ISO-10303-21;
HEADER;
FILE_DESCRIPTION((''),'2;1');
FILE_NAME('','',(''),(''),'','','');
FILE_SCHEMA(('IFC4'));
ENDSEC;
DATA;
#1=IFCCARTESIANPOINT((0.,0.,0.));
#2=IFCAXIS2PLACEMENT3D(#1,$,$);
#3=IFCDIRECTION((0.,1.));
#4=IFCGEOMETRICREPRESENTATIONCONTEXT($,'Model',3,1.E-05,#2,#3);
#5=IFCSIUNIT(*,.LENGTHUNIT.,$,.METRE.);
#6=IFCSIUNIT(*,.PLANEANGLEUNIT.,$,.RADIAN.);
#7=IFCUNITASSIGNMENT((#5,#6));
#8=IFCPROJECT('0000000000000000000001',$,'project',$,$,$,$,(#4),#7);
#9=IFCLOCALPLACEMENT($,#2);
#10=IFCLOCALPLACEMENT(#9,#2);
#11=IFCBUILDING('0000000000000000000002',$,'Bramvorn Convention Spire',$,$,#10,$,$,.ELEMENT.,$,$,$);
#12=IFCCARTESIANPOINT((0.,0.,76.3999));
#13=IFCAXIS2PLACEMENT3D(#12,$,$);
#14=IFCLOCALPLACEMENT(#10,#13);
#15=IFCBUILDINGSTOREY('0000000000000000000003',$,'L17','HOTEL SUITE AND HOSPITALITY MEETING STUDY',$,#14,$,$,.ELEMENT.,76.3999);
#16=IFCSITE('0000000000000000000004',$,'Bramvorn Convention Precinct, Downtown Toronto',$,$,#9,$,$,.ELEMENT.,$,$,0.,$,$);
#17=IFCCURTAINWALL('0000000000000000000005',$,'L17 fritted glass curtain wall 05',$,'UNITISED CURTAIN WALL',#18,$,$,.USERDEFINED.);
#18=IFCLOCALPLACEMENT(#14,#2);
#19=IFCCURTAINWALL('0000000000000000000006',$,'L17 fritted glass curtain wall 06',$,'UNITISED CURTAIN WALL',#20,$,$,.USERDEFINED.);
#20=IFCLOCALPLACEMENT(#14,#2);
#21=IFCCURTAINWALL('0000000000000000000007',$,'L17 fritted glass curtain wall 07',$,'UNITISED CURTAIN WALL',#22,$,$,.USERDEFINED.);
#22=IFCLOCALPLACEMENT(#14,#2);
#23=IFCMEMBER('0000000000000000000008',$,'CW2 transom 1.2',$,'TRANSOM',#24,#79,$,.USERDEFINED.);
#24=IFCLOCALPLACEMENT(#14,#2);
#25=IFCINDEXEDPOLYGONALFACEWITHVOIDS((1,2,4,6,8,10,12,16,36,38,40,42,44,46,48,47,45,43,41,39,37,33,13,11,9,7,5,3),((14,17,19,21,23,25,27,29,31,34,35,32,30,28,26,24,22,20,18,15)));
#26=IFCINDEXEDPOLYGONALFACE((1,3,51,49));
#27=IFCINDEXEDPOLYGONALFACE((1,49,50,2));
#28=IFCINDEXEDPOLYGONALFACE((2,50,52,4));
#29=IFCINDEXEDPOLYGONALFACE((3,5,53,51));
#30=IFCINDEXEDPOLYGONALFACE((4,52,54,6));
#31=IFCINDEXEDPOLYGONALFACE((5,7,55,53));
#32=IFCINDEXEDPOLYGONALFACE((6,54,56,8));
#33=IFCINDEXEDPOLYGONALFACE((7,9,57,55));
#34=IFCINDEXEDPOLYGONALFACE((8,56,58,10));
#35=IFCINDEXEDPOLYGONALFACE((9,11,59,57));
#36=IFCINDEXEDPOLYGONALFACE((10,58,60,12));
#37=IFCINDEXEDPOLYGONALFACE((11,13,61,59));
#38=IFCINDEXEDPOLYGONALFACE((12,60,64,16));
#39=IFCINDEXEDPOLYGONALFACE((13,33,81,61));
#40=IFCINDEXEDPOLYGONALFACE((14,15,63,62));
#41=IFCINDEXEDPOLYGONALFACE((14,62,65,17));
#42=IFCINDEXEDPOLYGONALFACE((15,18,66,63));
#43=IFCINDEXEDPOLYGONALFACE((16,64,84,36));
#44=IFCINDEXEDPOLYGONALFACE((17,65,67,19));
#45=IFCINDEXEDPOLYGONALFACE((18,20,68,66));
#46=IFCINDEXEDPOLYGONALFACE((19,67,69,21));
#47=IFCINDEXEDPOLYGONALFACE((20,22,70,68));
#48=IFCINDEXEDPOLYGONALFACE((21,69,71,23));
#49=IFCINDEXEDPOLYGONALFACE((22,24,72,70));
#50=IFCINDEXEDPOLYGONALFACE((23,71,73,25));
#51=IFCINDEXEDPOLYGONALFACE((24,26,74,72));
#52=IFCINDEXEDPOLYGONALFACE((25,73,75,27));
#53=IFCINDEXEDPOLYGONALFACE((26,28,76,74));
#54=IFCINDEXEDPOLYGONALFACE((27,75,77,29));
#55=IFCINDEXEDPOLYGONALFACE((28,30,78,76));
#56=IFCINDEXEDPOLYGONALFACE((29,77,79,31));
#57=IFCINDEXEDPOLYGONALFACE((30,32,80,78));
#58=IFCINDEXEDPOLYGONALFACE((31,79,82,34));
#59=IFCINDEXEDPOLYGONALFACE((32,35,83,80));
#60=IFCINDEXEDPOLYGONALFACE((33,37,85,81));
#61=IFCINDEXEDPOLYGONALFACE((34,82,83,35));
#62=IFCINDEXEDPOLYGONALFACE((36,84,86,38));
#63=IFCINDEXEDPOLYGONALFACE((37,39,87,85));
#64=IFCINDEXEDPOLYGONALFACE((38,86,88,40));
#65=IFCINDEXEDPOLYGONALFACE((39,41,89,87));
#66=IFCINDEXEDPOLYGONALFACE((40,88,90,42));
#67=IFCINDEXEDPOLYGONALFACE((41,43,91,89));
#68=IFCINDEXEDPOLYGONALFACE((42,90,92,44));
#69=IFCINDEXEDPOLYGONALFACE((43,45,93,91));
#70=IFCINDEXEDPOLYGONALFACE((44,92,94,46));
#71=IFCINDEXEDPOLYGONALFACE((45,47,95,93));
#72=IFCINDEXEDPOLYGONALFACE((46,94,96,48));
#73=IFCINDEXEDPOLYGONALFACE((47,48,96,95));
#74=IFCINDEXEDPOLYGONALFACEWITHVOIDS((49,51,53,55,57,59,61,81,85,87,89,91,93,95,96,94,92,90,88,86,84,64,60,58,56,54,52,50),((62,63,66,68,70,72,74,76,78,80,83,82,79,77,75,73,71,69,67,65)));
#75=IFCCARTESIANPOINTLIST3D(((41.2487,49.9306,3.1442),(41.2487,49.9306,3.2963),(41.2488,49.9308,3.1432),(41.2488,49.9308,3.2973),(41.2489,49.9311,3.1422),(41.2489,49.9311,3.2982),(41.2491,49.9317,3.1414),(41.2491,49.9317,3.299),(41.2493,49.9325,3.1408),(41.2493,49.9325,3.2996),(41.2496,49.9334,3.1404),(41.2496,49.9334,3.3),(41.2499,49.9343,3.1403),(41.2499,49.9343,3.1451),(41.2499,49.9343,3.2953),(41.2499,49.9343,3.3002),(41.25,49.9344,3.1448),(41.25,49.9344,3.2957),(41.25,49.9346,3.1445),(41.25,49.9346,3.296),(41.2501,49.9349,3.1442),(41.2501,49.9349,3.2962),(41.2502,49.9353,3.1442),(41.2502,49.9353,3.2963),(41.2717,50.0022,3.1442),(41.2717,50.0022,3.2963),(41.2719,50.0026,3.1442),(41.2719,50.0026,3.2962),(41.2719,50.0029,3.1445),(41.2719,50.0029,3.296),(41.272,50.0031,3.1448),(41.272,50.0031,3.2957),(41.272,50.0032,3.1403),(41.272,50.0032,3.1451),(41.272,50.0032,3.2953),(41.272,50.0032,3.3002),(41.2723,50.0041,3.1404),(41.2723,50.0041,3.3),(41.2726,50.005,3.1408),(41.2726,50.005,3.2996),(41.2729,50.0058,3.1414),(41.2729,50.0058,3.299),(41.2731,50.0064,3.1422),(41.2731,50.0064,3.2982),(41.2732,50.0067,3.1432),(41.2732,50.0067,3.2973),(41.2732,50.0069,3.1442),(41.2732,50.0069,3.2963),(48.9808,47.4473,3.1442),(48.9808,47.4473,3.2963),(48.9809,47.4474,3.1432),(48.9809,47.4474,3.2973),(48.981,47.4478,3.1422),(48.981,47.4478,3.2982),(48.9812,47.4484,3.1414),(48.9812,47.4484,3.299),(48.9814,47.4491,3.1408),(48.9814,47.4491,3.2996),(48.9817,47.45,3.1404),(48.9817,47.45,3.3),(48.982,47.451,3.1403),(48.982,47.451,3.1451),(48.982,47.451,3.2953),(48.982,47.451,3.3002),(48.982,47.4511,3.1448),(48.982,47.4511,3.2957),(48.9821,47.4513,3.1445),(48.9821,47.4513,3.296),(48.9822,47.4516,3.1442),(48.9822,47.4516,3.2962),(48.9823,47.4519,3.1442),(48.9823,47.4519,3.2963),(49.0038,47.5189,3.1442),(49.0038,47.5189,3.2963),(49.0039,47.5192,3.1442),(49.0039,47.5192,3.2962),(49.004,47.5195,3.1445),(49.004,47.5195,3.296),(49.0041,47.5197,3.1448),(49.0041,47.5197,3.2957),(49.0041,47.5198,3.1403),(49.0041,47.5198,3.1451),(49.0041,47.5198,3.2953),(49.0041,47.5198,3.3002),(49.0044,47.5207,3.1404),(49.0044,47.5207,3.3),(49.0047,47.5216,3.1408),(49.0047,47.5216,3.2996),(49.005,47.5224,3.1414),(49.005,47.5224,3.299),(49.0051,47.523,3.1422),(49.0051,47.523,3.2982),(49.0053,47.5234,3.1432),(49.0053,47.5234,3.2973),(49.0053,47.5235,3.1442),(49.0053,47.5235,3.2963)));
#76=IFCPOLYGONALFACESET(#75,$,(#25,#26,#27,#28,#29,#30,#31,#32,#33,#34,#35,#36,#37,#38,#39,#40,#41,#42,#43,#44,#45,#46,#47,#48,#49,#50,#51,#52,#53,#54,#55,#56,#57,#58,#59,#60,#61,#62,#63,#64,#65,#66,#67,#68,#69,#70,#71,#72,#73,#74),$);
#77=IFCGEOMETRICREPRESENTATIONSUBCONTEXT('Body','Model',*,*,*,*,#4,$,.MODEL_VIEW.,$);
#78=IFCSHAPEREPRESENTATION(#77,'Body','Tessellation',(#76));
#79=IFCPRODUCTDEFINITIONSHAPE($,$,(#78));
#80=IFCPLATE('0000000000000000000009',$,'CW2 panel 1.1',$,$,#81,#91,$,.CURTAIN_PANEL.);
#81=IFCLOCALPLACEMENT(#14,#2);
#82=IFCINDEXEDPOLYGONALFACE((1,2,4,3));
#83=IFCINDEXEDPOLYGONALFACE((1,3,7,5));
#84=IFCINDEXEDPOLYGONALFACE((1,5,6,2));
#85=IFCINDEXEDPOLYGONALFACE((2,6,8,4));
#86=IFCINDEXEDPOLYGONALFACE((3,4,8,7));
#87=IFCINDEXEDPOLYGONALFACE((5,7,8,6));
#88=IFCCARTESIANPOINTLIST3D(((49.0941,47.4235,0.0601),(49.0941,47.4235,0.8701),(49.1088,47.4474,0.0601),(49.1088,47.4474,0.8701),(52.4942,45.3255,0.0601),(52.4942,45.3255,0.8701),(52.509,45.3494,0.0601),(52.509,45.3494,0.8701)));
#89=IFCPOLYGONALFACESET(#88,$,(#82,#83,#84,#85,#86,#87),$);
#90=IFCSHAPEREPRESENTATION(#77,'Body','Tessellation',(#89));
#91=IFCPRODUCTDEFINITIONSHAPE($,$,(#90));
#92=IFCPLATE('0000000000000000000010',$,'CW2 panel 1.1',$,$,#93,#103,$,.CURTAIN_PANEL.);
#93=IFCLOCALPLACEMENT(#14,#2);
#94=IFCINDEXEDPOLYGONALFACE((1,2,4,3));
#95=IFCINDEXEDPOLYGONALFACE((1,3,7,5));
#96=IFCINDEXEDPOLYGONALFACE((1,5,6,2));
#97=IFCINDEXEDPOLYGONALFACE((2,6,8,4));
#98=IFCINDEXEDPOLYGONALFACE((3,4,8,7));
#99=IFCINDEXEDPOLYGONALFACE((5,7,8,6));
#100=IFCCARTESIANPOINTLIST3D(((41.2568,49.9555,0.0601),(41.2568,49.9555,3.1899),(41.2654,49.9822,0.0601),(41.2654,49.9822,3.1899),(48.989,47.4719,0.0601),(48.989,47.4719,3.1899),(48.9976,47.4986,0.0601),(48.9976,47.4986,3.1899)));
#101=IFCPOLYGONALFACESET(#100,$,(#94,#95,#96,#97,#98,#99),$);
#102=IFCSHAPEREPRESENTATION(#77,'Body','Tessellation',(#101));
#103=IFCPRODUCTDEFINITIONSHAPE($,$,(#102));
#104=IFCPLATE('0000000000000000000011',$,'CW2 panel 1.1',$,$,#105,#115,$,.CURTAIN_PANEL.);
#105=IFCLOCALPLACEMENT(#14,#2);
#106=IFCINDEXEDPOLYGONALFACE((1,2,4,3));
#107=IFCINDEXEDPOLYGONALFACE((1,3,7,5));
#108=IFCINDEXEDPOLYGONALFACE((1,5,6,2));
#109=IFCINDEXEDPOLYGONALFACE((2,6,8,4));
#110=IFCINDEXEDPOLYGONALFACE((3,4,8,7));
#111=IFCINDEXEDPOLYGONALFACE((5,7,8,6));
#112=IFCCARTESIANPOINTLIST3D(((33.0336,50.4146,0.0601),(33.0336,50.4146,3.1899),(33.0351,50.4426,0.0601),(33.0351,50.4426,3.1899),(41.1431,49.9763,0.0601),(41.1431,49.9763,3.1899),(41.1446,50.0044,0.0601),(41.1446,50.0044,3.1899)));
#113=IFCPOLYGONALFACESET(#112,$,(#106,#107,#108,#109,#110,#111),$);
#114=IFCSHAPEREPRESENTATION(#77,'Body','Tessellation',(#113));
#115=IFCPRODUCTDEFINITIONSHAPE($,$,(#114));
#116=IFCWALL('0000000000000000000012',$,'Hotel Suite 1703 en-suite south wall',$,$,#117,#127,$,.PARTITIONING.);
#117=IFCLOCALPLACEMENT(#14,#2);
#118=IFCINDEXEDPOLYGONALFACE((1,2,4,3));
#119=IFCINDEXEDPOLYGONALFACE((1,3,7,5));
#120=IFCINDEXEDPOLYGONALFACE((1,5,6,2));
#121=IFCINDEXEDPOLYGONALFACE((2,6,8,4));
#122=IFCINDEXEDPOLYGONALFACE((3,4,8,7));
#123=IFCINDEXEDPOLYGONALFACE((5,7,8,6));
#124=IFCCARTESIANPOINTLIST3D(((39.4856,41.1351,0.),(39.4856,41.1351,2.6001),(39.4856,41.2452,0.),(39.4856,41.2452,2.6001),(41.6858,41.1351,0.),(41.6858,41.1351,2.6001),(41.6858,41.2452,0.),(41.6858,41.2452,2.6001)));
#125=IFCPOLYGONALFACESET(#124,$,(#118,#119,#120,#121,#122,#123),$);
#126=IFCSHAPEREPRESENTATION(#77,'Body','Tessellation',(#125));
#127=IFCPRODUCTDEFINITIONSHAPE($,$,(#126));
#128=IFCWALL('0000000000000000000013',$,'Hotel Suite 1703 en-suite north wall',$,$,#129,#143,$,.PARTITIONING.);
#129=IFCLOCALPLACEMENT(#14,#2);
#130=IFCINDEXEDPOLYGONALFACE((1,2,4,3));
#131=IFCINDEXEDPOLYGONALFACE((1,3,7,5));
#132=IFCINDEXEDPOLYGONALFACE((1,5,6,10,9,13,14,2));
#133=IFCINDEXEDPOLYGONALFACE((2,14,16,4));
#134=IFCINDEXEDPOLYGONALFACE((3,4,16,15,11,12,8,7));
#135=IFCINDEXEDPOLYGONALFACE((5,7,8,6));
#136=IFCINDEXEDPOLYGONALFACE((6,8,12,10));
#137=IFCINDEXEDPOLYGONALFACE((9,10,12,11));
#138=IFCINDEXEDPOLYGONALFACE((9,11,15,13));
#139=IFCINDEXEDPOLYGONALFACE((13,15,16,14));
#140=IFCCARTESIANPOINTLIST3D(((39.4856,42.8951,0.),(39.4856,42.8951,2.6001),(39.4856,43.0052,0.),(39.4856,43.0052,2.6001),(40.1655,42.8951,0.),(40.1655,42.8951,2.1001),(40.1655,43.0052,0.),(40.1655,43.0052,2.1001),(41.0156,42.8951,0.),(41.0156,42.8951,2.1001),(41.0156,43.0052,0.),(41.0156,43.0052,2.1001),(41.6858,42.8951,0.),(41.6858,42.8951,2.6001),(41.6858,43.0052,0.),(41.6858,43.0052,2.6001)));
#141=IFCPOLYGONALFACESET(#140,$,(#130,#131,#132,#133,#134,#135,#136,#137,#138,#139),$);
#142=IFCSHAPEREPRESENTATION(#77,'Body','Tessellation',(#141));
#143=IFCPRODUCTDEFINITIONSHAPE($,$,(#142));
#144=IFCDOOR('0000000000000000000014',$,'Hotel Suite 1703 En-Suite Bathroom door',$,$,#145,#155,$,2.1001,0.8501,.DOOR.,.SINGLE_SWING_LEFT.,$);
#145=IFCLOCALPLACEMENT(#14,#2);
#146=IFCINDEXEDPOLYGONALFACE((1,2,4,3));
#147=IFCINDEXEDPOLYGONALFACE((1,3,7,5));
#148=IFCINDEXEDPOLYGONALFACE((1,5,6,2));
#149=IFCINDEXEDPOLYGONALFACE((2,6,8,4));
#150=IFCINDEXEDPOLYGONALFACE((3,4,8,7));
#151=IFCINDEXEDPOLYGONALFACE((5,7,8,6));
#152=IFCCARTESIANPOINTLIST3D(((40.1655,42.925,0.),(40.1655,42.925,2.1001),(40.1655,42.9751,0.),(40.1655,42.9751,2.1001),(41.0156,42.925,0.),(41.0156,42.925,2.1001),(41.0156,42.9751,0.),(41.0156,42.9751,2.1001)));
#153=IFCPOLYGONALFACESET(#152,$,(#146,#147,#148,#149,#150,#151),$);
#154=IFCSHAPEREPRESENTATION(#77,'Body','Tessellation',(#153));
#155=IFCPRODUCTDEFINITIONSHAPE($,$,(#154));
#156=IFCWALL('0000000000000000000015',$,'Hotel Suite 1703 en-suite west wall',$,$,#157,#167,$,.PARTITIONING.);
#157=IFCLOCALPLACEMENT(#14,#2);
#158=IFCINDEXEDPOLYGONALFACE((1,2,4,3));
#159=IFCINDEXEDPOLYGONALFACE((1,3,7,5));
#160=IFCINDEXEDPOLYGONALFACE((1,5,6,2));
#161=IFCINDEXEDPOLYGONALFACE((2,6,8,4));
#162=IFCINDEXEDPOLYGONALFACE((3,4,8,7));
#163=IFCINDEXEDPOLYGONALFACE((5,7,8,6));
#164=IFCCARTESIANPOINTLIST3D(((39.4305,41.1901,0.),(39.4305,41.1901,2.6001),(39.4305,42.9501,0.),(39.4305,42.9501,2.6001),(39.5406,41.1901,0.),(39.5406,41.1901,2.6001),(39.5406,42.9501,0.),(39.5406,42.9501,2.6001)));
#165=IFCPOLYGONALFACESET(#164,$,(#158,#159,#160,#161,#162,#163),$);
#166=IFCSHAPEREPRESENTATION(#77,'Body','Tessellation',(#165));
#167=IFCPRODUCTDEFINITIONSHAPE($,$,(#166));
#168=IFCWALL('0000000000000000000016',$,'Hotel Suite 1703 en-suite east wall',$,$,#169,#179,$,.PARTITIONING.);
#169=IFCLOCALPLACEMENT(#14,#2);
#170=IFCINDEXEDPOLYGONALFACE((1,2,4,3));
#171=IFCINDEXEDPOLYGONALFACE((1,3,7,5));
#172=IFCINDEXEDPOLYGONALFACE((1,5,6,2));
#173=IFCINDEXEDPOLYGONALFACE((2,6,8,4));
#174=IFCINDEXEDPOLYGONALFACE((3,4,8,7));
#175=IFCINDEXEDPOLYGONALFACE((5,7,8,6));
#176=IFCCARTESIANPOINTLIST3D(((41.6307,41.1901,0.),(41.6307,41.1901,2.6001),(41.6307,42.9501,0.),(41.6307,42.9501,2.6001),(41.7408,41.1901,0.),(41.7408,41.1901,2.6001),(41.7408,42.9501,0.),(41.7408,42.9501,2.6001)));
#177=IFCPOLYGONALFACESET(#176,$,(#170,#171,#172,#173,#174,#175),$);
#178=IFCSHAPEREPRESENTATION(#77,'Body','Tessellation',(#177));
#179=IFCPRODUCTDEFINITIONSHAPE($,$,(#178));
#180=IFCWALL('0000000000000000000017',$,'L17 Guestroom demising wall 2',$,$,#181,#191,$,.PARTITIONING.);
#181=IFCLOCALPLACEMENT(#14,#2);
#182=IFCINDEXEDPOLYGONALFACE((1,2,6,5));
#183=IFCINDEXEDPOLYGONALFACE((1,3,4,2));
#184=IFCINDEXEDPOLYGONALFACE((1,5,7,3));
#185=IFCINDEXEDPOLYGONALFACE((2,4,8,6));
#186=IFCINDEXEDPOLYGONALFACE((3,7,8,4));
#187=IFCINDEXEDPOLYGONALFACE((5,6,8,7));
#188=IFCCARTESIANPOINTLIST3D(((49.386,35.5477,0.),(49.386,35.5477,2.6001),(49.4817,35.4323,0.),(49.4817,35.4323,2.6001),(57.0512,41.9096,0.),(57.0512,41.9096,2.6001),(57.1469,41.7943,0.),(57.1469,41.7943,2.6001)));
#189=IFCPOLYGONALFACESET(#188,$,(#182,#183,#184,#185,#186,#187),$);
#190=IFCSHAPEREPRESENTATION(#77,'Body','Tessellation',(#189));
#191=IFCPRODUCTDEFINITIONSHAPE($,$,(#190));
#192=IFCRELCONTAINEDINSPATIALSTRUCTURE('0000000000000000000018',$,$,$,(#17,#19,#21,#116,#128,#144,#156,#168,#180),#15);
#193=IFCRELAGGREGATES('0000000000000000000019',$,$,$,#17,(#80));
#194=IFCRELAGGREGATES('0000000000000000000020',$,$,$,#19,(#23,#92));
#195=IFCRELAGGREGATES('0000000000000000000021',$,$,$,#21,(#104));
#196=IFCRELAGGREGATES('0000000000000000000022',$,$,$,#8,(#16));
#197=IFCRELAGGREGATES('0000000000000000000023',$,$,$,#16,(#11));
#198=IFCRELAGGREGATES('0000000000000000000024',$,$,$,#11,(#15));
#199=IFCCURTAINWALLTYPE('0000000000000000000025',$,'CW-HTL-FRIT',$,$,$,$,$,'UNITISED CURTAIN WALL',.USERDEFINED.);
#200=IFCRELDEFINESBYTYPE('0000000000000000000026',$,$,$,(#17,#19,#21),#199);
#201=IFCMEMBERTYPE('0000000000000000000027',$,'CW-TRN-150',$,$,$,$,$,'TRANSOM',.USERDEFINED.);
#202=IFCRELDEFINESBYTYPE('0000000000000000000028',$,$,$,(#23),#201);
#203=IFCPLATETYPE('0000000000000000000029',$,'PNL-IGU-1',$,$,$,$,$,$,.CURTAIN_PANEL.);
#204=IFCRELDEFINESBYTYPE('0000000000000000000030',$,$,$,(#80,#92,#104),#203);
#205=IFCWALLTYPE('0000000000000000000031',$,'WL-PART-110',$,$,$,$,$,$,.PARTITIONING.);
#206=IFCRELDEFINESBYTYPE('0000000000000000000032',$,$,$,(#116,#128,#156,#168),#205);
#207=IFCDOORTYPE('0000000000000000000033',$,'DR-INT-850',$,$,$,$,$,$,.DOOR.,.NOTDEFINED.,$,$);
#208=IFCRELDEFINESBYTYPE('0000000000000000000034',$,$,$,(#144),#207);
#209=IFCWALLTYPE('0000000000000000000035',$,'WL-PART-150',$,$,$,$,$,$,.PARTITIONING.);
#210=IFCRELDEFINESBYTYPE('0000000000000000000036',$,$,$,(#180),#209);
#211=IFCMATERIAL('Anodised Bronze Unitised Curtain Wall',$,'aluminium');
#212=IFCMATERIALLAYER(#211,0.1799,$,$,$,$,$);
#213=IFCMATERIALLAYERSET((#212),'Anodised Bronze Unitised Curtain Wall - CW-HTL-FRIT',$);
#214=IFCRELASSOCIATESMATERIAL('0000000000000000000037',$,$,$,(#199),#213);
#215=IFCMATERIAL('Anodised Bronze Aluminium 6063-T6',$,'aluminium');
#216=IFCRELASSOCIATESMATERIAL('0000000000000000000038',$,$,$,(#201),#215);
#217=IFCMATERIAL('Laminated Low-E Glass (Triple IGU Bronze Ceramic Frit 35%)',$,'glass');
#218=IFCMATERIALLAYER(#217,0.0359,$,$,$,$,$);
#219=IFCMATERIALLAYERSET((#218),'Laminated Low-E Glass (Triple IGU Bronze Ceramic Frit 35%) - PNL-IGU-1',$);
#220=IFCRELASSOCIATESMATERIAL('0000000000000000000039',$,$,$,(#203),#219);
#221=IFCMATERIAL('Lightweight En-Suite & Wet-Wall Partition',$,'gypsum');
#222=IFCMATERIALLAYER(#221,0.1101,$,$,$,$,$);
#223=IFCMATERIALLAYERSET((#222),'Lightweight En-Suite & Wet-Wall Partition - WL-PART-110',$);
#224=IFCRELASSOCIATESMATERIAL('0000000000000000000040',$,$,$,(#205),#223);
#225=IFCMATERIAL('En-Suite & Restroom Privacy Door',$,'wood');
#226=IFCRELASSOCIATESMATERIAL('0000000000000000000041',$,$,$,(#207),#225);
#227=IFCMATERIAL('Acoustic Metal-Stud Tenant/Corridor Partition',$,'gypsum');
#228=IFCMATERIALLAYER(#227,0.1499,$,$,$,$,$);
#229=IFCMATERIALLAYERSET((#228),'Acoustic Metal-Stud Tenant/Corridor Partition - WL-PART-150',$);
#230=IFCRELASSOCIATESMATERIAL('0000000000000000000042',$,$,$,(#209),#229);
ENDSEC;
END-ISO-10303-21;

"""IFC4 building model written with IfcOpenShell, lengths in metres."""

from ifc_helpers import new_model, si_unit, direction, frame, frame_2d, origin, origin_2d, place, context, subcontext, project, spatial, rectangle, hollow_rectangle, extrude, material, layer, layer_set, material_profile, profile_set, type_object, element, fill, aggregate, save


model = new_model("IFC4")

# Units and contexts
model_context = context("Model", 3, precision=1e-05, world=origin(), true_north=direction((0.0, 1.0)))
body_context = subcontext(model_context, "Body", "Model", "MODEL_VIEW")
ifc_project = project(units=[si_unit("LENGTHUNIT", "METRE"), si_unit("PLANEANGLEUNIT", "RADIAN")], contexts=[model_context])

# Site, building, storey
site_placement = place(None, origin())
site = spatial("IfcSite", under=ifc_project, at=site_placement, Name="Bramvorn Convention Precinct, Downtown Toronto", CompositionType="ELEMENT", RefElevation=0.0)
building_placement = place(site_placement, origin())
building = spatial("IfcBuilding", under=site, at=building_placement, Name="Bramvorn Convention Spire", CompositionType="ELEMENT")
storey_placement = place(building_placement, frame((0.0, 0.0, 76.3999)))
storey = spatial("IfcBuildingStorey", under=building, at=storey_placement, Name="L17", Description="HOTEL SUITE AND HOSPITALITY MEETING STUDY", CompositionType="ELEMENT", Elevation=76.3999)

# Curtain wall
ifc_material_1 = material(Name="Anodised Bronze Unitised Curtain Wall", Category="aluminium")
ifc_layer_1 = layer(ifc_material_1, 0.1799)
ifc_layer_set_1 = layer_set([ifc_layer_1], Name="Anodised Bronze Unitised Curtain Wall - CW-HTL-FRIT")
curtain_wall_type = type_object("IfcCurtainWallType", Name="CW-HTL-FRIT", ElementType="UNITISED CURTAIN WALL", PredefinedType="USERDEFINED", material=ifc_layer_set_1)
curtain_wall_1_placement = place(storey_placement, origin())
curtain_wall_1 = element("IfcCurtainWall", 1, at=curtain_wall_1_placement, inside=storey, type_object=curtain_wall_type, Name="L17 fritted glass curtain wall 05", ObjectType="UNITISED CURTAIN WALL", PredefinedType="USERDEFINED")
ifc_material_2 = material(Name="Anodised Bronze Aluminium 6063-T6", Category="aluminium")

# Curtain wall
curtain_wall_2_placement = place(storey_placement, origin())
curtain_wall_2 = element("IfcCurtainWall", 2, at=curtain_wall_2_placement, inside=storey, type_object=curtain_wall_type, Name="L17 fritted glass curtain wall 06", ObjectType="UNITISED CURTAIN WALL", PredefinedType="USERDEFINED")

# Curtain wall
curtain_wall_3_placement = place(storey_placement, origin())
curtain_wall_3 = element("IfcCurtainWall", 3, at=curtain_wall_3_placement, inside=storey, type_object=curtain_wall_type, Name="L17 fritted glass curtain wall 07", ObjectType="UNITISED CURTAIN WALL", PredefinedType="USERDEFINED")

# Member
ifc_material_profile_1 = material_profile(ifc_material_2, hollow_rectangle(XDim=0.0801, YDim=0.1599, WallThickness=0.0039, InnerFilletRadius=0.001, OuterFilletRadius=0.0039, at=origin_2d()))
ifc_profile_set_1 = profile_set([ifc_material_profile_1], Name="Anodised Bronze Aluminium 6063-T6 - CWT80X160")
member_type_1 = type_object("IfcMemberType", Name="CW-TRN-150", ElementType="TRANSOM", PredefinedType="USERDEFINED", material=ifc_profile_set_1)
member_1_placement = place(storey_placement, frame((41.261, 49.9688, 3.2202), z_axis=(0.952098, -0.305792, 0.0), x_axis=(0.305792, 0.952098, 0.0)))
member_1 = element("IfcMember", 4, at=member_1_placement, type_object=member_type_1, Name="CW2 transom 1.2", ObjectType="TRANSOM", PredefinedType="USERDEFINED", context=body_context, shape_type="SweptSolid", body=[
    extrude(hollow_rectangle(XDim=0.0801, YDim=0.1599, WallThickness=0.0039, InnerFilletRadius=0.001, OuterFilletRadius=0.0039, at=origin_2d()), origin(), (0.0, 0.0, 1.0), 8.1211),
])

# Plates
ifc_material_3 = material(Name="Laminated Low-E Glass (Triple IGU Bronze Ceramic Frit 35%)", Category="glass")
ifc_layer_2 = layer(ifc_material_3, 0.0359)
ifc_layer_set_2 = layer_set([ifc_layer_2], Name="Laminated Low-E Glass (Triple IGU Bronze Ceramic Frit 35%) - PNL-IGU-1")
plate_type = type_object("IfcPlateType", Name="PNL-IGU-1", PredefinedType="CURTAIN_PANEL", material=ifc_layer_set_2)
plate_1_placement = place(storey_placement, frame((50.8015, 46.3865, 0.0601), z_axis=(0.0, 0.0, 1.0), x_axis=(0.851032, -0.525114, 0.0)))
plate_1 = element("IfcPlate", 5, at=plate_1_placement, type_object=plate_type, Name="CW2 panel 1.1", PredefinedType="CURTAIN_PANEL", context=body_context, shape_type="SweptSolid", body=[
    extrude(rectangle(XDim=3.9954, YDim=0.0281, at=origin_2d()), origin(), (0.0, 0.0, 1.0), 0.8101),
])
aggregate(curtain_wall_1, [plate_1])
plate_2_placement = place(storey_placement, frame((45.1272, 48.7271, 0.0601), z_axis=(0.0, 0.0, 1.0), x_axis=(0.952092, -0.305812, 0.0)))
plate_2 = element("IfcPlate", 6, at=plate_2_placement, type_object=plate_type, Name="CW2 panel 1.1", PredefinedType="CURTAIN_PANEL", context=body_context, shape_type="SweptSolid", body=[
    extrude(rectangle(XDim=8.1213, YDim=0.0281, at=origin_2d()), origin(), (0.0, 0.0, 1.0), 3.1299),
])
aggregate(curtain_wall_2, [member_1, plate_2])
plate_3_placement = place(storey_placement, frame((37.0891, 50.2095, 0.0601), z_axis=(0.0, 0.0, 1.0), x_axis=(0.998543, -0.053959, 0.0)))
plate_3 = element("IfcPlate", 7, at=plate_3_placement, type_object=plate_type, Name="CW2 panel 1.1", PredefinedType="CURTAIN_PANEL", context=body_context, shape_type="SweptSolid", body=[
    extrude(rectangle(XDim=8.1213, YDim=0.0281, at=origin_2d()), origin(), (0.0, 0.0, 1.0), 3.1299),
])
aggregate(curtain_wall_3, [plate_3])

# Wall
ifc_material_4 = material(Name="Lightweight En-Suite & Wet-Wall Partition", Category="gypsum")
ifc_layer_3 = layer(ifc_material_4, 0.1101)
ifc_layer_set_3 = layer_set([ifc_layer_3], Name="Lightweight En-Suite & Wet-Wall Partition - WL-PART-110")
wall_type_1 = type_object("IfcWallType", Name="WL-PART-110", PredefinedType="PARTITIONING", material=ifc_layer_set_3)
wall_1_placement = place(storey_placement, frame((39.4856, 41.1902, 0.0), z_axis=(0.0, 0.0, 1.0), x_axis=(1.0, 0.0, 0.0)))
element("IfcWall", 8, at=wall_1_placement, inside=storey, type_object=wall_type_1, Name="Hotel Suite 1703 en-suite south wall", PredefinedType="PARTITIONING", context=body_context, shape_type="SweptSolid", body=[
    extrude(rectangle(XDim=2.2002, YDim=0.1101, at=frame_2d((1.1001, 0.0))), origin(), (0.0, 0.0, 1.0), 2.6001),
])

# Wall, opening, door
wall_2_placement = place(storey_placement, frame((39.4856, 42.9502, 0.0), z_axis=(0.0, 0.0, 1.0), x_axis=(1.0, 0.0, 0.0)))
wall_2 = element("IfcWall", 9, at=wall_2_placement, inside=storey, type_object=wall_type_1, Name="Hotel Suite 1703 en-suite north wall", PredefinedType="PARTITIONING", context=body_context, shape_type="SweptSolid", body=[
    extrude(rectangle(XDim=2.2002, YDim=0.1101, at=frame_2d((1.1001, 0.0))), origin(), (0.0, 0.0, 1.0), 2.6001),
])
opening_placement = place(wall_2_placement, frame((0.6799, 0.0, 0.0)))
opening = element("IfcOpeningElement", 10, at=opening_placement, cuts=wall_2, PredefinedType="OPENING", context=body_context, shape_type="SweptSolid", body=[
    extrude(rectangle(XDim=0.8501, YDim=2.1001, at=frame_2d((0.425, 1.05))), frame((0.0, 0.0649, 0.0), z_axis=(0.0, -1.0, 0.0), x_axis=(1.0, 0.0, 0.0)), (0.0, 0.0, 1.0), 0.1301),
])
ifc_material_5 = material(Name="En-Suite & Restroom Privacy Door", Category="wood")
door_type = type_object("IfcDoorType", Name="DR-INT-850", OperationType="NOTDEFINED", PredefinedType="DOOR", material=ifc_material_5)
door_placement = place(opening_placement, origin())
door = element("IfcDoor", 11, at=door_placement, inside=storey, type_object=door_type, Name="Hotel Suite 1703 En-Suite Bathroom door", OperationType="SINGLE_SWING_LEFT", OverallHeight=2.1001, OverallWidth=0.8501, PredefinedType="DOOR", context=body_context, shape_type="SweptSolid", body=[
    extrude(rectangle(XDim=0.8501, YDim=2.1001, at=frame_2d((0.425, 1.05))), frame((0.0, 0.0249, 0.0), z_axis=(0.0, -1.0, 0.0), x_axis=(1.0, 0.0, 0.0)), (0.0, 0.0, 1.0), 0.05),
])
fill(opening, door)

# Walls
for number, where, z_axis, x_axis, name in (
    (12, (39.4856, 41.1902, 0.0), (0.0, 0.0, 1.0), (0.0, 1.0, 0.0), "Hotel Suite 1703 en-suite west wall"),
    (13, (41.6858, 41.1902, 0.0), (0.0, 0.0, 1.0), (0.0, 1.0, 0.0), "Hotel Suite 1703 en-suite east wall"),
):
    element("IfcWall", number, at=place(storey_placement, frame(where, z_axis=z_axis, x_axis=x_axis)), inside=storey, type_object=wall_type_1, Name=name, PredefinedType="PARTITIONING", context=body_context, shape_type="SweptSolid", body=[
        extrude(rectangle(XDim=1.76, YDim=0.1101, at=frame_2d((0.8799, 0.0))), origin(), (0.0, 0.0, 1.0), 2.6001),
    ])
ifc_material_6 = material(Name="Acoustic Metal-Stud Tenant/Corridor Partition", Category="gypsum")
ifc_layer_4 = layer(ifc_material_6, 0.1499)
ifc_layer_set_4 = layer_set([ifc_layer_4], Name="Acoustic Metal-Stud Tenant/Corridor Partition - WL-PART-150")
wall_type_2 = type_object("IfcWallType", Name="WL-PART-150", PredefinedType="PARTITIONING", material=ifc_layer_set_4)
wall_3_placement = place(storey_placement, frame((49.4338, 35.49, 0.0), z_axis=(0.0, 0.0, 1.0), x_axis=(0.769487, 0.638662, 0.0)))
element("IfcWall", 14, at=wall_3_placement, inside=storey, type_object=wall_type_2, Name="L17 Guestroom demising wall 2", PredefinedType="PARTITIONING", context=body_context, shape_type="SweptSolid", body=[
    extrude(rectangle(XDim=9.9614, YDim=0.1499, at=frame_2d((4.9807, 0.0))), origin(), (0.0, 0.0, 1.0), 2.6001),
])

save(model, "model.ifc")
